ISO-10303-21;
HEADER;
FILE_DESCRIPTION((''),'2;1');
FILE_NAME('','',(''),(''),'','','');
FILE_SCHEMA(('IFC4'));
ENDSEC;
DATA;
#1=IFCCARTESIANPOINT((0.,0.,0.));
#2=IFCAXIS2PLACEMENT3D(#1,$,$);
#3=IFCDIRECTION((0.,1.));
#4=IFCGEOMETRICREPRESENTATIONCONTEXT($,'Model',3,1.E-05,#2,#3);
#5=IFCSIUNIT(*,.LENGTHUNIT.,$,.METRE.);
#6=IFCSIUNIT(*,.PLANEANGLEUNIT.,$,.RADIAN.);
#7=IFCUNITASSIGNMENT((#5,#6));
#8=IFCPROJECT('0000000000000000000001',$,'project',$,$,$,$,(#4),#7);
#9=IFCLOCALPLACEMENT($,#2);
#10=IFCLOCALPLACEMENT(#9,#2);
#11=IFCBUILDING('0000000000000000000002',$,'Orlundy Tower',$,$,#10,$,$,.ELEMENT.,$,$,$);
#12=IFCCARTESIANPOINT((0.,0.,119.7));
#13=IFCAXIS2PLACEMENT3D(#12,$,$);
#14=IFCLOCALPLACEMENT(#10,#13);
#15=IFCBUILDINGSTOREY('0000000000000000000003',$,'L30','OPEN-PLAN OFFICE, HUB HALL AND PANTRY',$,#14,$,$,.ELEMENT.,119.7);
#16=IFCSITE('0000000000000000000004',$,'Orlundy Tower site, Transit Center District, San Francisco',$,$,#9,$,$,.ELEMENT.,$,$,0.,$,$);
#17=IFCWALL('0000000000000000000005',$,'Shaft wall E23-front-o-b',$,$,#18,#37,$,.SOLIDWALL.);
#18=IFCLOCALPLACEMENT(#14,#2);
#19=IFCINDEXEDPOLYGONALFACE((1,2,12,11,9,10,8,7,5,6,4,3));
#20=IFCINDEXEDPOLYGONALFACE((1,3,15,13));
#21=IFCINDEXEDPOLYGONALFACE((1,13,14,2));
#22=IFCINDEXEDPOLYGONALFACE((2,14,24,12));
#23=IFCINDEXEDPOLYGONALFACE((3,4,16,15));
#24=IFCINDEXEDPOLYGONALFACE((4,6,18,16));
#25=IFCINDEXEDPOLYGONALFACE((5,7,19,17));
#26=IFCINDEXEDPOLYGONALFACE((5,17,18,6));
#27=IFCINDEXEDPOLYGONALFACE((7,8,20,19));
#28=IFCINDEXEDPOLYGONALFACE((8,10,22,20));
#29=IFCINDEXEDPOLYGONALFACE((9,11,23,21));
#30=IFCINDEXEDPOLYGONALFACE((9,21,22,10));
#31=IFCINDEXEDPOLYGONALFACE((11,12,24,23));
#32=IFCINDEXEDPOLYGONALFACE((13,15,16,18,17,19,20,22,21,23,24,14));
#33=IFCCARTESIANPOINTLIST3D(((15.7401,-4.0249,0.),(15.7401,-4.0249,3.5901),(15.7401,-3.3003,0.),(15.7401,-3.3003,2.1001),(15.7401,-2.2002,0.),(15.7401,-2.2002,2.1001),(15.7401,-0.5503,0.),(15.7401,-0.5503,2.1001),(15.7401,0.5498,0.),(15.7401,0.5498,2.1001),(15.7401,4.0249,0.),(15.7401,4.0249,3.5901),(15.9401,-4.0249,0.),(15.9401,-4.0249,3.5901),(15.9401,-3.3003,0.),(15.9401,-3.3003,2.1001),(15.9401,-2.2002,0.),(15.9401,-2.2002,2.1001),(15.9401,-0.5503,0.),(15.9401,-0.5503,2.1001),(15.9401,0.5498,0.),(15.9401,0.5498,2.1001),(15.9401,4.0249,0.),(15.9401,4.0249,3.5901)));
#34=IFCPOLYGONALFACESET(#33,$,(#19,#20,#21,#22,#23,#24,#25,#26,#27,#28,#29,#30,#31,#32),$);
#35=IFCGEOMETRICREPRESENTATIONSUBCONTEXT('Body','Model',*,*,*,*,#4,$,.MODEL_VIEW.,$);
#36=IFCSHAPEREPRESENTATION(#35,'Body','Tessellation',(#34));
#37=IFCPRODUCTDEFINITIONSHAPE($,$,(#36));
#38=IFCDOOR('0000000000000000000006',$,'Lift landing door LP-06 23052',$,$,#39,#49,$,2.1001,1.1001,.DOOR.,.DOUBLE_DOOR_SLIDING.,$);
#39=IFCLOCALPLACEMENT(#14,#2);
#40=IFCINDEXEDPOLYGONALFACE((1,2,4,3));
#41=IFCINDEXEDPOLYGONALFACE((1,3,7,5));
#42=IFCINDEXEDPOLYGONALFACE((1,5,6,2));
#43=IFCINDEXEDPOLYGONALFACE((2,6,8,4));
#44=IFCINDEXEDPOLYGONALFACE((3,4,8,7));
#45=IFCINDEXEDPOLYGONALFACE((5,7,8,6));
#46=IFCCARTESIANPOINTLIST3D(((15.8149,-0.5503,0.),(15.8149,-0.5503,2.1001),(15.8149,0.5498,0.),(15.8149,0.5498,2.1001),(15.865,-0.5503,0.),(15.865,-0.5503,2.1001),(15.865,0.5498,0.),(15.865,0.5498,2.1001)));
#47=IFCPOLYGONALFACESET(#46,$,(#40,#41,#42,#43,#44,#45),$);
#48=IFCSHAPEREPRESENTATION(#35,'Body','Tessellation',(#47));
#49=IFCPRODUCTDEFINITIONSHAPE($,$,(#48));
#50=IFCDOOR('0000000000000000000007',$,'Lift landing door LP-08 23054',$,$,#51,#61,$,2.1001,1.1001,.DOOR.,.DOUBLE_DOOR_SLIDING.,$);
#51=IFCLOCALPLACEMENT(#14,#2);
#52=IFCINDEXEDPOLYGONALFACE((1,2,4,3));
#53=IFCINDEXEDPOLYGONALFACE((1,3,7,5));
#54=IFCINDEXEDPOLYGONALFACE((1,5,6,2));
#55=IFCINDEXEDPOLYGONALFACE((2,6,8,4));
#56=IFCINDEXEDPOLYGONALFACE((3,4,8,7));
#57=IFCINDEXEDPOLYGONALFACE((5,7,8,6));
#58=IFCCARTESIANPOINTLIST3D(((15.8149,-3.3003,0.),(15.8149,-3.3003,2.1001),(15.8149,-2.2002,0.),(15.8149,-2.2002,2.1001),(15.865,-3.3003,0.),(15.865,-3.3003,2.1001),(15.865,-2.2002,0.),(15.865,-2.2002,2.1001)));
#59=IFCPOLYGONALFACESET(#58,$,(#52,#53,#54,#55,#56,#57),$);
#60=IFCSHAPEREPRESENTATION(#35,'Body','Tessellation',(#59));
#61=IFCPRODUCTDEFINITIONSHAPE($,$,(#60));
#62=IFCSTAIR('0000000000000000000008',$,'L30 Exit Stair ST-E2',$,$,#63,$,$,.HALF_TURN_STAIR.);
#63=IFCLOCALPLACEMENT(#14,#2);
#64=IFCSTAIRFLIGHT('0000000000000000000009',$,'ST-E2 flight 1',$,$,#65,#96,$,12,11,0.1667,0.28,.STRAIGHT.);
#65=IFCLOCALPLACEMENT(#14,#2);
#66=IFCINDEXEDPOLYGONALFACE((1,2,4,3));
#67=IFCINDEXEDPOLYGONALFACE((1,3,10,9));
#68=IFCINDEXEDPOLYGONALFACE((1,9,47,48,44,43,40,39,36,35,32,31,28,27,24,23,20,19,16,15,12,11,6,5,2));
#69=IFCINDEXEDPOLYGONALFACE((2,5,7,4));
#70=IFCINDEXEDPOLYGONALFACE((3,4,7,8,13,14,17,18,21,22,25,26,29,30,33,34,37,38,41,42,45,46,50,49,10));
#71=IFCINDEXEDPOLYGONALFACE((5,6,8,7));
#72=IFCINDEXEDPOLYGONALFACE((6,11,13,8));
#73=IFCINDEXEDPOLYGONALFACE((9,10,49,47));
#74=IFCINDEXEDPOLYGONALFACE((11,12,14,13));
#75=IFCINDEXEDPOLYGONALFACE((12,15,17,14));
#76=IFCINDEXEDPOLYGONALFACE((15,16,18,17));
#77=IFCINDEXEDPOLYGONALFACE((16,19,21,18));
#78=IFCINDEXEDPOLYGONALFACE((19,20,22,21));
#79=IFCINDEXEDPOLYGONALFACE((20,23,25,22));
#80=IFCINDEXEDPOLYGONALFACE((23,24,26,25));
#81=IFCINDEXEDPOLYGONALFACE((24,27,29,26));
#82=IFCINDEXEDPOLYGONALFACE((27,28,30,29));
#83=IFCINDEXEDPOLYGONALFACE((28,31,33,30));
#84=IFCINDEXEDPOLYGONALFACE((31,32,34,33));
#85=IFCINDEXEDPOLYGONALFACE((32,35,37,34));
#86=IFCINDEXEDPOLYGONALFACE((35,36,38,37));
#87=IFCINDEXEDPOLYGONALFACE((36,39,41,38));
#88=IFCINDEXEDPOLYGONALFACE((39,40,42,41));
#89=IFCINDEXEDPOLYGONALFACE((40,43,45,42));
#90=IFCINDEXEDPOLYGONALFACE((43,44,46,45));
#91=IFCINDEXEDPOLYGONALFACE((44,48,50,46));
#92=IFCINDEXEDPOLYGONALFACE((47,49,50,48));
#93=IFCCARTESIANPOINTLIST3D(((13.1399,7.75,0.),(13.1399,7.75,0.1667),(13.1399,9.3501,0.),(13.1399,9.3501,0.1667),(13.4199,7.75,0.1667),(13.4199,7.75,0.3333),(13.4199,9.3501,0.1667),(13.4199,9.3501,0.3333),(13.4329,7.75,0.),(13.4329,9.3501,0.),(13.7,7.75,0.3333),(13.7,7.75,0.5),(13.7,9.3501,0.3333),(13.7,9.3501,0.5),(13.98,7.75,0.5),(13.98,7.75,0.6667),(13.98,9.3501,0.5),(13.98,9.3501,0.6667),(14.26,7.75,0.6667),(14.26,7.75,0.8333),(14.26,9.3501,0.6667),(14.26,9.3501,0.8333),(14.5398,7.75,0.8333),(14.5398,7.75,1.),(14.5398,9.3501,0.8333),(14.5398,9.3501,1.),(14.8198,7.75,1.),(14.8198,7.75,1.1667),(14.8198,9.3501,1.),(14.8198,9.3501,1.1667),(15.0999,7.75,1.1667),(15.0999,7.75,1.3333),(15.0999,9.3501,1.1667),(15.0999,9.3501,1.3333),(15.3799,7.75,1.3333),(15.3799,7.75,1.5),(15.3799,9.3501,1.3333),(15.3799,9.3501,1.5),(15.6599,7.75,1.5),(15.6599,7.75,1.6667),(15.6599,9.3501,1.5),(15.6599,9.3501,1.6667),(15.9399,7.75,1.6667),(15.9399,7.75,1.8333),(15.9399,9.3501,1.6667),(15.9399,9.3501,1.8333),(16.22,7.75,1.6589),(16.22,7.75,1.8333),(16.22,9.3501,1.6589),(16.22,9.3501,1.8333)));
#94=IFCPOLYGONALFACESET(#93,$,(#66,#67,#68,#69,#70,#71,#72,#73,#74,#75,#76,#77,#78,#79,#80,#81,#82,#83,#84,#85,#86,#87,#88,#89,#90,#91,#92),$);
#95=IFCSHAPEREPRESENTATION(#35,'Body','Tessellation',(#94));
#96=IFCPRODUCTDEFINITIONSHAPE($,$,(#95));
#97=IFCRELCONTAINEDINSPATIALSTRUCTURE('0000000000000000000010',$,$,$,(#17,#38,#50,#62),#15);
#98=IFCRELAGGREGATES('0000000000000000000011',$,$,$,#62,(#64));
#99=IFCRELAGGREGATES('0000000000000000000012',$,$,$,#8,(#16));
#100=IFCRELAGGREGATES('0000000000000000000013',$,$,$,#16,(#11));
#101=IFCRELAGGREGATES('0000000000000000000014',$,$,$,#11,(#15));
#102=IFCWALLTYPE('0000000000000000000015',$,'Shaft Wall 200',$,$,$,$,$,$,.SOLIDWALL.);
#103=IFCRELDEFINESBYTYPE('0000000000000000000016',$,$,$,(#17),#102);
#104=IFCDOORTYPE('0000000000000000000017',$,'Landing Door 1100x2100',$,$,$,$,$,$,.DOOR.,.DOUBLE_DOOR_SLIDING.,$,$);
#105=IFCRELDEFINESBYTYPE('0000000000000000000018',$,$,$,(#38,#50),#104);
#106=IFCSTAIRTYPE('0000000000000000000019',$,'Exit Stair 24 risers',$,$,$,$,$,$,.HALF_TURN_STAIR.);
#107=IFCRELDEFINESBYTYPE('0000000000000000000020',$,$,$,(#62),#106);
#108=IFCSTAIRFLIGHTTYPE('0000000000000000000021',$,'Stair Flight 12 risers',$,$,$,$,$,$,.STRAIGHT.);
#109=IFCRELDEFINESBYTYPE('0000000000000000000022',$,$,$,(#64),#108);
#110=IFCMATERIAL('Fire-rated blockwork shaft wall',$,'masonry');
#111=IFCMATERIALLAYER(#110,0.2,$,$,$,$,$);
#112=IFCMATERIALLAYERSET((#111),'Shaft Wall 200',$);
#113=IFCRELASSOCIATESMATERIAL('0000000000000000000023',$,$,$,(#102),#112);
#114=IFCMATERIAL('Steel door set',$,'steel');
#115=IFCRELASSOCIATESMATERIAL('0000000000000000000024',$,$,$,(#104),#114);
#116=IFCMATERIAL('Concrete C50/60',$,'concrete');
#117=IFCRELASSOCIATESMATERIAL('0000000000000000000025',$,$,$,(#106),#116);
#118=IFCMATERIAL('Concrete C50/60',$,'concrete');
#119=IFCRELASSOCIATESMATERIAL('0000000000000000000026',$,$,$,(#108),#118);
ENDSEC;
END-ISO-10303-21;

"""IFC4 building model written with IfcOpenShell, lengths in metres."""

from ifc_helpers import new_model, si_unit, direction, frame, frame_2d, origin, place, context, subcontext, project, spatial, polyline, rectangle, outline, extrude, material, layer, layer_set, type_object, element, fill, aggregate, save


model = new_model("IFC4")

# Units and contexts
model_context = context("Model", 3, precision=1e-05, world=origin(), true_north=direction((0.0, 1.0)))
body_context = subcontext(model_context, "Body", "Model", "MODEL_VIEW")
ifc_project = project(units=[si_unit("LENGTHUNIT", "METRE"), si_unit("PLANEANGLEUNIT", "RADIAN")], contexts=[model_context])

# Site, building, storey
site_placement = place(None, origin())
site = spatial("IfcSite", under=ifc_project, at=site_placement, Name="Orlundy Tower site, Transit Center District, San Francisco", CompositionType="ELEMENT", RefElevation=0.0)
building_placement = place(site_placement, origin())
building = spatial("IfcBuilding", under=site, at=building_placement, Name="Orlundy Tower", CompositionType="ELEMENT")
storey_placement = place(building_placement, frame((0.0, 0.0, 119.7)))
storey = spatial("IfcBuildingStorey", under=building, at=storey_placement, Name="L30", Description="OPEN-PLAN OFFICE, HUB HALL AND PANTRY", CompositionType="ELEMENT", Elevation=119.7)

# Shared definitions
ifc_material_1 = material(Name="Fire-rated blockwork shaft wall", Category="masonry")
ifc_layer_1 = layer(ifc_material_1, 0.2)
ifc_layer_set_1 = layer_set([ifc_layer_1], Name="Shaft Wall 200")
wall_type_1 = type_object("IfcWallType", Name="Shaft Wall 200", PredefinedType="SOLIDWALL", material=ifc_layer_set_1)

# Shared definitions
ifc_material_2 = material(Name="Steel door set", Category="steel")
door_type_1 = type_object("IfcDoorType", Name="Landing Door 1100x2100", OperationType="DOUBLE_DOOR_SLIDING", PredefinedType="DOOR", material=ifc_material_2)

# Wall, openings, doors
wall_1_placement = place(storey_placement, frame((15.8401, 4.0249, 0.0), z_axis=(0.0, 0.0, 1.0), x_axis=(0.0, -1.0, 0.0)))
wall_1 = element("IfcWall", 1, at=wall_1_placement, inside=storey, type_object=wall_type_1, Name="Shaft wall E23-front-o-b", PredefinedType="SOLIDWALL", context=body_context, shape_type="SweptSolid", body=[
    extrude(rectangle(XDim=8.0498, YDim=0.2, at=frame_2d((4.0249, 0.0))), origin(), (0.0, 0.0, 1.0), 3.5901),
])
opening_1_placement = place(wall_1_placement, frame((3.4751, 0.0, 0.0)))
opening_1 = element("IfcOpeningElement", 2, at=opening_1_placement, cuts=wall_1, PredefinedType="OPENING", context=body_context, shape_type="SweptSolid", body=[
    extrude(rectangle(XDim=1.1001, YDim=2.1001, at=frame_2d((0.55, 1.05))), frame((0.0, 0.1101, 0.0), z_axis=(0.0, -1.0, 0.0), x_axis=(1.0, 0.0, 0.0)), (0.0, 0.0, 1.0), 0.2202),
])
opening_2_placement = place(wall_1_placement, frame((6.2251, 0.0, 0.0)))
opening_2 = element("IfcOpeningElement", 3, at=opening_2_placement, cuts=wall_1, PredefinedType="OPENING", context=body_context, shape_type="SweptSolid", body=[
    extrude(rectangle(XDim=1.1001, YDim=2.1001, at=frame_2d((0.55, 1.05))), frame((0.0, 0.1101, 0.0), z_axis=(0.0, -1.0, 0.0), x_axis=(1.0, 0.0, 0.0)), (0.0, 0.0, 1.0), 0.2202),
])
door_1_placement = place(opening_1_placement, origin())
door_1 = element("IfcDoor", 4, at=door_1_placement, inside=storey, type_object=door_type_1, Name="Lift landing door LP-06 23052", OperationType="DOUBLE_DOOR_SLIDING", OverallHeight=2.1001, OverallWidth=1.1001, PredefinedType="DOOR", context=body_context, shape_type="SweptSolid", body=[
    extrude(rectangle(XDim=1.1001, YDim=2.1001, at=frame_2d((0.55, 1.05))), frame((0.0, 0.0249, 0.0), z_axis=(0.0, -1.0, 0.0), x_axis=(1.0, 0.0, 0.0)), (0.0, 0.0, 1.0), 0.05),
])
fill(opening_1, door_1)
door_2_placement = place(opening_2_placement, origin())
door_2 = element("IfcDoor", 5, at=door_2_placement, inside=storey, type_object=door_type_1, Name="Lift landing door LP-08 23054", OperationType="DOUBLE_DOOR_SLIDING", OverallHeight=2.1001, OverallWidth=1.1001, PredefinedType="DOOR", context=body_context, shape_type="SweptSolid", body=[
    extrude(rectangle(XDim=1.1001, YDim=2.1001, at=frame_2d((0.55, 1.05))), frame((0.0, 0.0249, 0.0), z_axis=(0.0, -1.0, 0.0), x_axis=(1.0, 0.0, 0.0)), (0.0, 0.0, 1.0), 0.05),
])
fill(opening_2, door_2)

# Stair, stair flight
ifc_material_3 = material(Name="Concrete C50/60", Category="concrete")
stair_type = type_object("IfcStairType", Name="Exit Stair 24 risers", PredefinedType="HALF_TURN_STAIR", material=ifc_material_3)
stair_placement = place(storey_placement, origin())
stair = element("IfcStair", 6, at=stair_placement, inside=storey, type_object=stair_type, Name="L30 Exit Stair ST-E2", PredefinedType="HALF_TURN_STAIR")
ifc_material_4 = material(Name="Concrete C50/60", Category="concrete")
stair_flight_type = type_object("IfcStairFlightType", Name="Stair Flight 12 risers", PredefinedType="STRAIGHT", material=ifc_material_4)
stair_flight_placement = place(storey_placement, frame((13.1399, 8.55, 0.0), z_axis=(0.0, 0.0, 1.0), x_axis=(1.0, 0.0, 0.0)))
stair_flight = element("IfcStairFlight", 7, at=stair_flight_placement, type_object=stair_flight_type, Name="ST-E2 flight 1", NumberOfRisers=12, NumberOfTreads=11, PredefinedType="STRAIGHT", RiserHeight=0.1667, TreadLength=0.28, context=body_context, shape_type="SweptSolid", body=[
    extrude(outline(polyline([(0.0, 0.0), (0.0, 0.1667), (0.28, 0.1667), (0.28, 0.3333), (0.5601, 0.3333), (0.5601, 0.5), (0.8401, 0.5), (0.8401, 0.6667), (1.1201, 0.6667), (1.1201, 0.8333), (1.3999, 0.8333), (1.3999, 1.0), (1.6799, 1.0), (1.6799, 1.1667), (1.96, 1.1667), (1.96, 1.3333), (2.24, 1.3333), (2.24, 1.5), (2.52, 1.5), (2.52, 1.6667), (2.8, 1.6667), (2.8, 1.8333), (3.0801, 1.8333), (3.0801, 2.0), (3.0801, 1.6589), (0.293, 0.0), (0.0, 0.0)])), frame((0.0, 0.8, 0.0), z_axis=(0.0, -1.0, 0.0), x_axis=(1.0, 0.0, 0.0)), (0.0, 0.0, 1.0), 1.6001),
])
aggregate(stair, [stair_flight])

save(model, "model.ifc")
